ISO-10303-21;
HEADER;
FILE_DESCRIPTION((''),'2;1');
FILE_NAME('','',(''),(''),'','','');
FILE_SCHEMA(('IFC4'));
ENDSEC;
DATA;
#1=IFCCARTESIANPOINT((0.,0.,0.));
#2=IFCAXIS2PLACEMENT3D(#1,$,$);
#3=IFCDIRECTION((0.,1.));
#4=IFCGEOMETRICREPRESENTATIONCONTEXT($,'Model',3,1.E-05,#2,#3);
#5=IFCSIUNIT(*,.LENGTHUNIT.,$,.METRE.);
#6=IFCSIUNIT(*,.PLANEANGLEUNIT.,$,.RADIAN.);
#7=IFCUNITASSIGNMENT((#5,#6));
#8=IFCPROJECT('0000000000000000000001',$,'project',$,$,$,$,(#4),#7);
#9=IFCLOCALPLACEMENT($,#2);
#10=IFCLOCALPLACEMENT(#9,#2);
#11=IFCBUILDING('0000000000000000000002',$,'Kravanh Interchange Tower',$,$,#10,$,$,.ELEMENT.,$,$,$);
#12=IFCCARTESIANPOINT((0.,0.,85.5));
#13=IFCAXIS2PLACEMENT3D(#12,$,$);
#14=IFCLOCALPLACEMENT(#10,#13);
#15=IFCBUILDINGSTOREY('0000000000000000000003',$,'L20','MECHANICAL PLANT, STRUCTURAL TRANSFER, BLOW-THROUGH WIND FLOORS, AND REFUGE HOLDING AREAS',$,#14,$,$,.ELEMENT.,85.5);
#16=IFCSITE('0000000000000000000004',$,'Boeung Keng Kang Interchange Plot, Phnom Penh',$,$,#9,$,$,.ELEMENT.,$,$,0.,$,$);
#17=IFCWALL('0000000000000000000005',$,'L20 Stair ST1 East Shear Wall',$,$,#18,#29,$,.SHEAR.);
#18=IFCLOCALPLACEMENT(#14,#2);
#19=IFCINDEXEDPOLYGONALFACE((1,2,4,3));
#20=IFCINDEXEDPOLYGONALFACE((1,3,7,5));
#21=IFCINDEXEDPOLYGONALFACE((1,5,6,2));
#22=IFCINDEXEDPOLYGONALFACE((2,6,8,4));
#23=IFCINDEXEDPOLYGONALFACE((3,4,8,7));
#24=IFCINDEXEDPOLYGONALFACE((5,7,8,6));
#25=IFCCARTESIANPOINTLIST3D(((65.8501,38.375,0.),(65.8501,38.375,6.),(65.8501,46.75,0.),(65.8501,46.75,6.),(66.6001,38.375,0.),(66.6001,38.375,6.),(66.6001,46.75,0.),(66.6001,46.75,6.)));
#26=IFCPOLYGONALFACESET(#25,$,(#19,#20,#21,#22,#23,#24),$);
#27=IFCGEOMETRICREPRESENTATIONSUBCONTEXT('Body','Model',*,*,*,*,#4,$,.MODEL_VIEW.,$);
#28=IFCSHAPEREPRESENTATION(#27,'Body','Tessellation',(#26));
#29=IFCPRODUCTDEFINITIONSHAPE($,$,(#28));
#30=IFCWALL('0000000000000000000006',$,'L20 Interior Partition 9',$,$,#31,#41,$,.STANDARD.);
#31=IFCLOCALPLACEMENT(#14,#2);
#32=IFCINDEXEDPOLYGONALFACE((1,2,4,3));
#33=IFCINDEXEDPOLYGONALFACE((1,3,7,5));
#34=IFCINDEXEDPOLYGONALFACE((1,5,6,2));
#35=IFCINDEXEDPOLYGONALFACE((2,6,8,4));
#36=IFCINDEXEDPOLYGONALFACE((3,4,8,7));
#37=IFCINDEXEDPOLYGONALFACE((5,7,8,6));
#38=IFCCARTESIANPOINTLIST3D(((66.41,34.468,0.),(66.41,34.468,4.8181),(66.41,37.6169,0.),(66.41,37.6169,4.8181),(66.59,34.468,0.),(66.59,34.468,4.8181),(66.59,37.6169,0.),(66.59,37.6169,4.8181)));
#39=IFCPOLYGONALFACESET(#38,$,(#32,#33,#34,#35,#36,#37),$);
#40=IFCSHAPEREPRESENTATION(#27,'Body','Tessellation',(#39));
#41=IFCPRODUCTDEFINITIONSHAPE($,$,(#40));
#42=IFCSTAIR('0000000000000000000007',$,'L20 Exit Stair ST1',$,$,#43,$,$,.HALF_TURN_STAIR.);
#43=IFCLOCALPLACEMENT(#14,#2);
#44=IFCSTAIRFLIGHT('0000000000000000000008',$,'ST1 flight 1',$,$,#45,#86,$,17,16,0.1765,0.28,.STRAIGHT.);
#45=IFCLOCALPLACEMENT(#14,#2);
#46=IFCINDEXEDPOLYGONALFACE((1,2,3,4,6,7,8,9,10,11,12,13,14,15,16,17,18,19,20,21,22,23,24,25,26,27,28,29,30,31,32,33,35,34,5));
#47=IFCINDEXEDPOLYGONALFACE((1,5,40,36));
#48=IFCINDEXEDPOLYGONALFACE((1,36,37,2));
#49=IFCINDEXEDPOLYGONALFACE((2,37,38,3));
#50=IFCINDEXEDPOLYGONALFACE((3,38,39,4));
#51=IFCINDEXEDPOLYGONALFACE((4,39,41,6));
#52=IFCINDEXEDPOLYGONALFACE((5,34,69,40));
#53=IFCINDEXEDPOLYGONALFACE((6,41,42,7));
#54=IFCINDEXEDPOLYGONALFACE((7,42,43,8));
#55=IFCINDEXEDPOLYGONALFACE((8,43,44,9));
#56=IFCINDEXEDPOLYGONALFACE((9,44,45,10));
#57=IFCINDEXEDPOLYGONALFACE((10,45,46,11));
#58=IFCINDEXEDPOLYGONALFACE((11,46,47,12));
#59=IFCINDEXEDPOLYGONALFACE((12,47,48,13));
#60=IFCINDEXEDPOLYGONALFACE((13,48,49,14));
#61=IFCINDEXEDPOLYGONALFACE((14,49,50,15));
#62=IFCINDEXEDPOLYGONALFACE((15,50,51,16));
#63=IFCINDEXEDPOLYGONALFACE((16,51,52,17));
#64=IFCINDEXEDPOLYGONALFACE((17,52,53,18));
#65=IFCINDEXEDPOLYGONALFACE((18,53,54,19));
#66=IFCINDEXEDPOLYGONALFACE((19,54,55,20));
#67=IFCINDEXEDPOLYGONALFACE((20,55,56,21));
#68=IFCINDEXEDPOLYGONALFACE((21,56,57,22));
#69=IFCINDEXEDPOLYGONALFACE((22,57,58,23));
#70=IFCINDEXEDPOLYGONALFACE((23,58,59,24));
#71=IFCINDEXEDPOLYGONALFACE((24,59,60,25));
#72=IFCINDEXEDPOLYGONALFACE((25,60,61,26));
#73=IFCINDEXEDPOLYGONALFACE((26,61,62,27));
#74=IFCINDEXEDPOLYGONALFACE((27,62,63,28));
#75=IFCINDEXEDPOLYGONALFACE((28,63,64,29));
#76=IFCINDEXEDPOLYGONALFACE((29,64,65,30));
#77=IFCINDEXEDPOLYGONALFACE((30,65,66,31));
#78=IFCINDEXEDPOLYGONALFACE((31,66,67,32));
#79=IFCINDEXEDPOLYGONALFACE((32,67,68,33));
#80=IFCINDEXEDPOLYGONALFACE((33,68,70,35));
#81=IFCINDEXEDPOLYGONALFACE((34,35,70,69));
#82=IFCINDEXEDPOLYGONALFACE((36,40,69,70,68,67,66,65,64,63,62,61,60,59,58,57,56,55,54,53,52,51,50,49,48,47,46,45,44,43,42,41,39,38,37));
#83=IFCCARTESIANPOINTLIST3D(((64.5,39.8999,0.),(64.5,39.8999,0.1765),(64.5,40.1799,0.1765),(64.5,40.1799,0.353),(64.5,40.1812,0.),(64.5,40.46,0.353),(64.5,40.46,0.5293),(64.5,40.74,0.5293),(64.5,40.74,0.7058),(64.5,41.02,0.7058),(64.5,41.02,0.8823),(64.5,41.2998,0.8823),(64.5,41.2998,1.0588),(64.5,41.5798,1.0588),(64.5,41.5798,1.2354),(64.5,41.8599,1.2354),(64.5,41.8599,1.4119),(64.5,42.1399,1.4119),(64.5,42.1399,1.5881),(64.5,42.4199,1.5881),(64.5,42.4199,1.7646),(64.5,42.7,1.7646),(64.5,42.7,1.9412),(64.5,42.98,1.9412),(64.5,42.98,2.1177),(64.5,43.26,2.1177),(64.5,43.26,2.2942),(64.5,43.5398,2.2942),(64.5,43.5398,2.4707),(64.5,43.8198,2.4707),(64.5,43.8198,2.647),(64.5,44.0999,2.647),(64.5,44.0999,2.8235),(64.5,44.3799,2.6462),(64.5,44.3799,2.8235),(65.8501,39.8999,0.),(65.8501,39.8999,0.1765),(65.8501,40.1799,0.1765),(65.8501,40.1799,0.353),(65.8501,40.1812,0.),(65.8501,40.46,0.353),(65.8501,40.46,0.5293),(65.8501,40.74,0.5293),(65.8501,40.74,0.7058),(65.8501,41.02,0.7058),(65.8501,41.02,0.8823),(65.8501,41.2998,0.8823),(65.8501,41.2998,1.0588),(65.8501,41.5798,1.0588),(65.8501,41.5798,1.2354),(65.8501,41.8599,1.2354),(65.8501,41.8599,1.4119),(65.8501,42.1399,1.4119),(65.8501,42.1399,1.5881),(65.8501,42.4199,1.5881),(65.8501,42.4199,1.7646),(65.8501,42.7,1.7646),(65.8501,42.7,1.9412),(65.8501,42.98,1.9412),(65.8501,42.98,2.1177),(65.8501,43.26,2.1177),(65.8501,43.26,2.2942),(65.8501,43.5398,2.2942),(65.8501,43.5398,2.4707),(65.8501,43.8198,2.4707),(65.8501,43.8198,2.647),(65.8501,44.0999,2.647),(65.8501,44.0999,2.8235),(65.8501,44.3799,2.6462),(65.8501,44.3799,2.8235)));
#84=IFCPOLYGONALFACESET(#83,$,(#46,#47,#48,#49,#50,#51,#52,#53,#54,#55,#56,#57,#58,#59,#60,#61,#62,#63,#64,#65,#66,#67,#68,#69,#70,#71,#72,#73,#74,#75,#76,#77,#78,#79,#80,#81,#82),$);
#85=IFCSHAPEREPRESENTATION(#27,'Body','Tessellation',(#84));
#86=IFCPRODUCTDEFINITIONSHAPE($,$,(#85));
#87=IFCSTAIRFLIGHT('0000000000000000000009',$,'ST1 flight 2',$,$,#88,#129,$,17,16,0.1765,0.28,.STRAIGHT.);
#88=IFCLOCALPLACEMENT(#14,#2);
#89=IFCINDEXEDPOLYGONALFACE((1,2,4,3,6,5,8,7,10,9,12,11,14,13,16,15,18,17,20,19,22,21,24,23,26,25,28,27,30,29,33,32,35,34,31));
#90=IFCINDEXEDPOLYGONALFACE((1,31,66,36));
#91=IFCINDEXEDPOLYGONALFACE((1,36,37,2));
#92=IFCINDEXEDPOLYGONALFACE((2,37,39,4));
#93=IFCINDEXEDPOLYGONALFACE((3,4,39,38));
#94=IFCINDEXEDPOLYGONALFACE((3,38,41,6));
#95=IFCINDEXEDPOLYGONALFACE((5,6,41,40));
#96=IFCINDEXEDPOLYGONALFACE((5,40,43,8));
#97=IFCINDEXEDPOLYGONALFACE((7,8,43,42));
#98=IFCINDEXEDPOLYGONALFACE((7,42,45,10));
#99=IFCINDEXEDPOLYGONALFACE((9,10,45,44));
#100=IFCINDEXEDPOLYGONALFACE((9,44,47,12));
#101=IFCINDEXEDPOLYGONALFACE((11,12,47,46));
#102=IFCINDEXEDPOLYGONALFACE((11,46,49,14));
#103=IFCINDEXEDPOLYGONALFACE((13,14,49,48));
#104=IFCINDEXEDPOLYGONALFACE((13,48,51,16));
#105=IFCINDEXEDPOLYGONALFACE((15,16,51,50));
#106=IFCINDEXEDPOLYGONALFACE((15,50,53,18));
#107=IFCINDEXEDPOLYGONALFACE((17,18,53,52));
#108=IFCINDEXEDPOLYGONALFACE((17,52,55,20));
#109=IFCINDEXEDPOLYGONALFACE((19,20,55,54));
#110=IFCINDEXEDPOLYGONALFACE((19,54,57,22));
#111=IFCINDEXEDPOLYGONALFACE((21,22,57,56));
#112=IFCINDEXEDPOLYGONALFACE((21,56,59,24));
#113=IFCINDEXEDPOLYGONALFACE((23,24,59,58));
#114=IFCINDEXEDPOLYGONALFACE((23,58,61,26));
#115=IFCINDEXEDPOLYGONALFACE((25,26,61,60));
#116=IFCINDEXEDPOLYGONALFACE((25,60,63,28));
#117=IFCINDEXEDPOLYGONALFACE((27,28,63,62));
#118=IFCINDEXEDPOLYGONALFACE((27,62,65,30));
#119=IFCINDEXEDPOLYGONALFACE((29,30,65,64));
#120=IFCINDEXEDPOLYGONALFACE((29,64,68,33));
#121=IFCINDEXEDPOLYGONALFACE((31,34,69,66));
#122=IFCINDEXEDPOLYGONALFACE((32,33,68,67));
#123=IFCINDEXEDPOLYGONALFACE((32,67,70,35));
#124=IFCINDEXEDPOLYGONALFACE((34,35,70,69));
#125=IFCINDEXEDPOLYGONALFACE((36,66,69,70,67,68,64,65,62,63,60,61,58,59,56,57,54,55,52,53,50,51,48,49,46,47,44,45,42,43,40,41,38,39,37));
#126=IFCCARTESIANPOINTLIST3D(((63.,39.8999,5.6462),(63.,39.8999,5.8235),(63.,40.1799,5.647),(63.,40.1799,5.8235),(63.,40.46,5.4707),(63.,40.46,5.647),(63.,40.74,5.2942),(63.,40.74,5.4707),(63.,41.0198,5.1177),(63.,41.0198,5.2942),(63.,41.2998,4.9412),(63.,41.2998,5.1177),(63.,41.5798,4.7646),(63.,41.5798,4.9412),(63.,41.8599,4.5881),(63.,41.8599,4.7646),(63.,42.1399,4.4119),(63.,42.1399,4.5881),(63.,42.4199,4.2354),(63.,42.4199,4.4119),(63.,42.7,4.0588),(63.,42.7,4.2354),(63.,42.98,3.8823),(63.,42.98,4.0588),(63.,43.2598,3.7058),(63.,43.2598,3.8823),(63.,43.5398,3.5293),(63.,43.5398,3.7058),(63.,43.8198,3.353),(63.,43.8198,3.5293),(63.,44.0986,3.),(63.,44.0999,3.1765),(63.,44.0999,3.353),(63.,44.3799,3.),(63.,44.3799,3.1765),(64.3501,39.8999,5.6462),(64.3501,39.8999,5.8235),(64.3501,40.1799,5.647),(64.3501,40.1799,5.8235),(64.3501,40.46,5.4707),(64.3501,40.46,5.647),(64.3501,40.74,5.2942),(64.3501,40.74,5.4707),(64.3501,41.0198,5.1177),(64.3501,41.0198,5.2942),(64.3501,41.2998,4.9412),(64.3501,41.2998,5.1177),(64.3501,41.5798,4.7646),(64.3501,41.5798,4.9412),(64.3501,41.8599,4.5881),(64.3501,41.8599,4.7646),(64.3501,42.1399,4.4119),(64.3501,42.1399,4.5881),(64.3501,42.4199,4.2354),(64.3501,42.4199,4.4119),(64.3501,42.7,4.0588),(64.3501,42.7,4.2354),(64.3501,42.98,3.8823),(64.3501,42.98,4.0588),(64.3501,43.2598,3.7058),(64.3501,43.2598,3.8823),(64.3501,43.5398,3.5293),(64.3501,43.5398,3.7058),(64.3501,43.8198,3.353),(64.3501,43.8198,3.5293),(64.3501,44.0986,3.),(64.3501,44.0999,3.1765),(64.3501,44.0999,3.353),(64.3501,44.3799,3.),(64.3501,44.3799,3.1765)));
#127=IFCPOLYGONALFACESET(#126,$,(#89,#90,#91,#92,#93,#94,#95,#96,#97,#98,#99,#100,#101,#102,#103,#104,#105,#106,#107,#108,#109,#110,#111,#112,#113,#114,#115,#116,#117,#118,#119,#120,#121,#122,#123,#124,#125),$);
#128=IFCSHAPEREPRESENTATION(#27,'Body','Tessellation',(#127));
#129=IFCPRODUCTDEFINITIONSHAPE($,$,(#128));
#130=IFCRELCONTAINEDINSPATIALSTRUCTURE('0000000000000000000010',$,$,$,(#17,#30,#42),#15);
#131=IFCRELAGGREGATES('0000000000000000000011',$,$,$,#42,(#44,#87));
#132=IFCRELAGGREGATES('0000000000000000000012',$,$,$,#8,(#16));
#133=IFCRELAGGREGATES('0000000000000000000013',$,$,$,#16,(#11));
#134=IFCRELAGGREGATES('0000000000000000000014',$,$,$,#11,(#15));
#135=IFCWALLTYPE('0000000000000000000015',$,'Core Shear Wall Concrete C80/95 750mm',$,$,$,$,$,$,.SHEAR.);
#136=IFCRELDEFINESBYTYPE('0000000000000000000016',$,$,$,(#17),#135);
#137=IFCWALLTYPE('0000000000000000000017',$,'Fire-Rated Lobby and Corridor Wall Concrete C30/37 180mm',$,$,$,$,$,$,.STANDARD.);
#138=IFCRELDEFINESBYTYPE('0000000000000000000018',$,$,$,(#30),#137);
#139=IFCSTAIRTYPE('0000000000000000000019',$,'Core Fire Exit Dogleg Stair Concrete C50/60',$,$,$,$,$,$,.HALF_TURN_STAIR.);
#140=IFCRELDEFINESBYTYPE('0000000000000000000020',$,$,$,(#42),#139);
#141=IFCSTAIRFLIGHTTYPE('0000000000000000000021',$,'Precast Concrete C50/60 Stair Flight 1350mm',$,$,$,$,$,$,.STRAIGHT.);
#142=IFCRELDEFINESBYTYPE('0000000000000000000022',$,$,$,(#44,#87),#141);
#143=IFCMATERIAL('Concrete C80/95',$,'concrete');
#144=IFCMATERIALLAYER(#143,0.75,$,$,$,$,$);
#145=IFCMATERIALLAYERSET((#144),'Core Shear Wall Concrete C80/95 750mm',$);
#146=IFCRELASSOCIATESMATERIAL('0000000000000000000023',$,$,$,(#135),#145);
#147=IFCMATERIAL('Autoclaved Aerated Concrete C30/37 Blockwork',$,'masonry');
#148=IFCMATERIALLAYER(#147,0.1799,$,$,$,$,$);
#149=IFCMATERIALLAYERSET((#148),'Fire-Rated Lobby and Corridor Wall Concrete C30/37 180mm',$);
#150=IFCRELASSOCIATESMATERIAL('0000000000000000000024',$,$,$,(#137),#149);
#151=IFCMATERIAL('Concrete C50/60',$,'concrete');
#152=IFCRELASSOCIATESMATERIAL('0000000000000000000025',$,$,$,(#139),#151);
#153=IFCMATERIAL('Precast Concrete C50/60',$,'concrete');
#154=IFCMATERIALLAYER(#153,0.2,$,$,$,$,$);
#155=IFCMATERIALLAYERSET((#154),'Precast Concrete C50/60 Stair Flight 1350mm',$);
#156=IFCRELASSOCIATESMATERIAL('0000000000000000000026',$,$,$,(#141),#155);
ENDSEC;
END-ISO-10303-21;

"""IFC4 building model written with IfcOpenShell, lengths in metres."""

from ifc_helpers import new_model, si_unit, direction, frame, frame_2d, origin, place, context, subcontext, project, spatial, polyline, rectangle, outline, extrude, material, layer, layer_set, type_object, element, aggregate, save


model = new_model("IFC4")

# Units and contexts
model_context = context("Model", 3, precision=1e-05, world=origin(), true_north=direction((0.0, 1.0)))
body_context = subcontext(model_context, "Body", "Model", "MODEL_VIEW")
ifc_project = project(units=[si_unit("LENGTHUNIT", "METRE"), si_unit("PLANEANGLEUNIT", "RADIAN")], contexts=[model_context])

# Site, building, storey
site_placement = place(None, origin())
site = spatial("IfcSite", under=ifc_project, at=site_placement, Name="Boeung Keng Kang Interchange Plot, Phnom Penh", CompositionType="ELEMENT", RefElevation=0.0)
building_placement = place(site_placement, origin())
building = spatial("IfcBuilding", under=site, at=building_placement, Name="Kravanh Interchange Tower", CompositionType="ELEMENT")
storey_placement = place(building_placement, frame((0.0, 0.0, 85.5)))
storey = spatial("IfcBuildingStorey", under=building, at=storey_placement, Name="L20", Description="MECHANICAL PLANT, STRUCTURAL TRANSFER, BLOW-THROUGH WIND FLOORS, AND REFUGE HOLDING AREAS", CompositionType="ELEMENT", Elevation=85.5)

# Walls
ifc_material_1 = material(Name="Concrete C80/95", Category="concrete")
ifc_layer_1 = layer(ifc_material_1, 0.75)
ifc_layer_set_1 = layer_set([ifc_layer_1], Name="Core Shear Wall Concrete C80/95 750mm")
wall_type_1 = type_object("IfcWallType", Name="Core Shear Wall Concrete C80/95 750mm", PredefinedType="SHEAR", material=ifc_layer_set_1)
wall_1_placement = place(storey_placement, frame((66.2251, 38.375, 0.0), z_axis=(0.0, 0.0, 1.0), x_axis=(0.0, 1.0, 0.0)))
element("IfcWall", 1, at=wall_1_placement, inside=storey, type_object=wall_type_1, Name="L20 Stair ST1 East Shear Wall", PredefinedType="SHEAR", context=body_context, shape_type="SweptSolid", body=[
    extrude(rectangle(XDim=8.375, YDim=0.75, at=frame_2d((4.1875, 0.0))), origin(), (0.0, 0.0, 1.0), 6.0),
])
ifc_material_2 = material(Name="Autoclaved Aerated Concrete C30/37 Blockwork", Category="masonry")
ifc_layer_2 = layer(ifc_material_2, 0.1799)
ifc_layer_set_2 = layer_set([ifc_layer_2], Name="Fire-Rated Lobby and Corridor Wall Concrete C30/37 180mm")
wall_type_2 = type_object("IfcWallType", Name="Fire-Rated Lobby and Corridor Wall Concrete C30/37 180mm", PredefinedType="STANDARD", material=ifc_layer_set_2)
wall_2_placement = place(storey_placement, frame((66.5, 34.468, 0.0), z_axis=(0.0, 0.0, 1.0), x_axis=(0.0, 1.0, 0.0)))
element("IfcWall", 2, at=wall_2_placement, inside=storey, type_object=wall_type_2, Name="L20 Interior Partition 9", PredefinedType="STANDARD", context=body_context, shape_type="SweptSolid", body=[
    extrude(rectangle(XDim=3.1489, YDim=0.1799, at=frame_2d((1.5745, 0.0))), origin(), (0.0, 0.0, 1.0), 4.8181),
])

# Stair, stair flights
ifc_material_3 = material(Name="Concrete C50/60", Category="concrete")
stair_type = type_object("IfcStairType", Name="Core Fire Exit Dogleg Stair Concrete C50/60", PredefinedType="HALF_TURN_STAIR", material=ifc_material_3)
stair_placement = place(storey_placement, origin())
stair = element("IfcStair", 3, at=stair_placement, inside=storey, type_object=stair_type, Name="L20 Exit Stair ST1", PredefinedType="HALF_TURN_STAIR")
ifc_material_4 = material(Name="Precast Concrete C50/60", Category="concrete")
ifc_layer_3 = layer(ifc_material_4, 0.2)
ifc_layer_set_3 = layer_set([ifc_layer_3], Name="Precast Concrete C50/60 Stair Flight 1350mm")
stair_flight_type = type_object("IfcStairFlightType", Name="Precast Concrete C50/60 Stair Flight 1350mm", PredefinedType="STRAIGHT", material=ifc_layer_set_3)
stair_flight_1_placement = place(storey_placement, frame((65.175, 39.8999, 0.0), z_axis=(0.0, 0.0, 1.0), x_axis=(0.0, 1.0, 0.0)))
stair_flight_1 = element("IfcStairFlight", 4, at=stair_flight_1_placement, type_object=stair_flight_type, Name="ST1 flight 1", NumberOfRisers=17, NumberOfTreads=16, PredefinedType="STRAIGHT", RiserHeight=0.1765, TreadLength=0.28, context=body_context, shape_type="SweptSolid", body=[
    extrude(outline(polyline([(0.0, 0.0), (0.0, 0.1765), (0.28, 0.1765), (0.28, 0.353), (0.5601, 0.353), (0.5601, 0.5293), (0.8401, 0.5293), (0.8401, 0.7058), (1.1201, 0.7058), (1.1201, 0.8823), (1.3999, 0.8823), (1.3999, 1.0588), (1.6799, 1.0588), (1.6799, 1.2354), (1.96, 1.2354), (1.96, 1.4119), (2.24, 1.4119), (2.24, 1.5881), (2.52, 1.5881), (2.52, 1.7646), (2.8, 1.7646), (2.8, 1.9412), (3.0801, 1.9412), (3.0801, 2.1177), (3.3601, 2.1177), (3.3601, 2.2942), (3.6399, 2.2942), (3.6399, 2.4707), (3.9199, 2.4707), (3.9199, 2.647), (4.2, 2.647), (4.2, 2.8235), (4.48, 2.8235), (4.48, 3.0), (4.48, 2.6462), (0.2812, 0.0), (0.0, 0.0)])), frame((0.0, 0.675, 0.0), z_axis=(0.0, -1.0, 0.0), x_axis=(1.0, 0.0, 0.0)), (0.0, 0.0, 1.0), 1.3501),
])
stair_flight_2_placement = place(storey_placement, frame((63.675, 44.3799, 3.0), z_axis=(0.0, 0.0, 1.0), x_axis=(0.0, -1.0, 0.0)))
stair_flight_2 = element("IfcStairFlight", 5, at=stair_flight_2_placement, type_object=stair_flight_type, Name="ST1 flight 2", NumberOfRisers=17, NumberOfTreads=16, PredefinedType="STRAIGHT", RiserHeight=0.1765, TreadLength=0.28, context=body_context, shape_type="SweptSolid", body=[
    extrude(outline(polyline([(0.0, 0.0), (0.0, 0.1765), (0.28, 0.1765), (0.28, 0.353), (0.5601, 0.353), (0.5601, 0.5293), (0.8401, 0.5293), (0.8401, 0.7058), (1.1201, 0.7058), (1.1201, 0.8823), (1.3999, 0.8823), (1.3999, 1.0588), (1.6799, 1.0588), (1.6799, 1.2354), (1.96, 1.2354), (1.96, 1.4119), (2.24, 1.4119), (2.24, 1.5881), (2.52, 1.5881), (2.52, 1.7646), (2.8, 1.7646), (2.8, 1.9412), (3.0801, 1.9412), (3.0801, 2.1177), (3.3601, 2.1177), (3.3601, 2.2942), (3.6399, 2.2942), (3.6399, 2.4707), (3.9199, 2.4707), (3.9199, 2.647), (4.2, 2.647), (4.2, 2.8235), (4.48, 2.8235), (4.48, 3.0), (4.48, 2.6462), (0.2812, 0.0), (0.0, 0.0)])), frame((0.0, 0.675, 0.0), z_axis=(0.0, -1.0, 0.0), x_axis=(1.0, 0.0, 0.0)), (0.0, 0.0, 1.0), 1.3501),
])
aggregate(stair, [stair_flight_1, stair_flight_2])

save(model, "model.ifc")
